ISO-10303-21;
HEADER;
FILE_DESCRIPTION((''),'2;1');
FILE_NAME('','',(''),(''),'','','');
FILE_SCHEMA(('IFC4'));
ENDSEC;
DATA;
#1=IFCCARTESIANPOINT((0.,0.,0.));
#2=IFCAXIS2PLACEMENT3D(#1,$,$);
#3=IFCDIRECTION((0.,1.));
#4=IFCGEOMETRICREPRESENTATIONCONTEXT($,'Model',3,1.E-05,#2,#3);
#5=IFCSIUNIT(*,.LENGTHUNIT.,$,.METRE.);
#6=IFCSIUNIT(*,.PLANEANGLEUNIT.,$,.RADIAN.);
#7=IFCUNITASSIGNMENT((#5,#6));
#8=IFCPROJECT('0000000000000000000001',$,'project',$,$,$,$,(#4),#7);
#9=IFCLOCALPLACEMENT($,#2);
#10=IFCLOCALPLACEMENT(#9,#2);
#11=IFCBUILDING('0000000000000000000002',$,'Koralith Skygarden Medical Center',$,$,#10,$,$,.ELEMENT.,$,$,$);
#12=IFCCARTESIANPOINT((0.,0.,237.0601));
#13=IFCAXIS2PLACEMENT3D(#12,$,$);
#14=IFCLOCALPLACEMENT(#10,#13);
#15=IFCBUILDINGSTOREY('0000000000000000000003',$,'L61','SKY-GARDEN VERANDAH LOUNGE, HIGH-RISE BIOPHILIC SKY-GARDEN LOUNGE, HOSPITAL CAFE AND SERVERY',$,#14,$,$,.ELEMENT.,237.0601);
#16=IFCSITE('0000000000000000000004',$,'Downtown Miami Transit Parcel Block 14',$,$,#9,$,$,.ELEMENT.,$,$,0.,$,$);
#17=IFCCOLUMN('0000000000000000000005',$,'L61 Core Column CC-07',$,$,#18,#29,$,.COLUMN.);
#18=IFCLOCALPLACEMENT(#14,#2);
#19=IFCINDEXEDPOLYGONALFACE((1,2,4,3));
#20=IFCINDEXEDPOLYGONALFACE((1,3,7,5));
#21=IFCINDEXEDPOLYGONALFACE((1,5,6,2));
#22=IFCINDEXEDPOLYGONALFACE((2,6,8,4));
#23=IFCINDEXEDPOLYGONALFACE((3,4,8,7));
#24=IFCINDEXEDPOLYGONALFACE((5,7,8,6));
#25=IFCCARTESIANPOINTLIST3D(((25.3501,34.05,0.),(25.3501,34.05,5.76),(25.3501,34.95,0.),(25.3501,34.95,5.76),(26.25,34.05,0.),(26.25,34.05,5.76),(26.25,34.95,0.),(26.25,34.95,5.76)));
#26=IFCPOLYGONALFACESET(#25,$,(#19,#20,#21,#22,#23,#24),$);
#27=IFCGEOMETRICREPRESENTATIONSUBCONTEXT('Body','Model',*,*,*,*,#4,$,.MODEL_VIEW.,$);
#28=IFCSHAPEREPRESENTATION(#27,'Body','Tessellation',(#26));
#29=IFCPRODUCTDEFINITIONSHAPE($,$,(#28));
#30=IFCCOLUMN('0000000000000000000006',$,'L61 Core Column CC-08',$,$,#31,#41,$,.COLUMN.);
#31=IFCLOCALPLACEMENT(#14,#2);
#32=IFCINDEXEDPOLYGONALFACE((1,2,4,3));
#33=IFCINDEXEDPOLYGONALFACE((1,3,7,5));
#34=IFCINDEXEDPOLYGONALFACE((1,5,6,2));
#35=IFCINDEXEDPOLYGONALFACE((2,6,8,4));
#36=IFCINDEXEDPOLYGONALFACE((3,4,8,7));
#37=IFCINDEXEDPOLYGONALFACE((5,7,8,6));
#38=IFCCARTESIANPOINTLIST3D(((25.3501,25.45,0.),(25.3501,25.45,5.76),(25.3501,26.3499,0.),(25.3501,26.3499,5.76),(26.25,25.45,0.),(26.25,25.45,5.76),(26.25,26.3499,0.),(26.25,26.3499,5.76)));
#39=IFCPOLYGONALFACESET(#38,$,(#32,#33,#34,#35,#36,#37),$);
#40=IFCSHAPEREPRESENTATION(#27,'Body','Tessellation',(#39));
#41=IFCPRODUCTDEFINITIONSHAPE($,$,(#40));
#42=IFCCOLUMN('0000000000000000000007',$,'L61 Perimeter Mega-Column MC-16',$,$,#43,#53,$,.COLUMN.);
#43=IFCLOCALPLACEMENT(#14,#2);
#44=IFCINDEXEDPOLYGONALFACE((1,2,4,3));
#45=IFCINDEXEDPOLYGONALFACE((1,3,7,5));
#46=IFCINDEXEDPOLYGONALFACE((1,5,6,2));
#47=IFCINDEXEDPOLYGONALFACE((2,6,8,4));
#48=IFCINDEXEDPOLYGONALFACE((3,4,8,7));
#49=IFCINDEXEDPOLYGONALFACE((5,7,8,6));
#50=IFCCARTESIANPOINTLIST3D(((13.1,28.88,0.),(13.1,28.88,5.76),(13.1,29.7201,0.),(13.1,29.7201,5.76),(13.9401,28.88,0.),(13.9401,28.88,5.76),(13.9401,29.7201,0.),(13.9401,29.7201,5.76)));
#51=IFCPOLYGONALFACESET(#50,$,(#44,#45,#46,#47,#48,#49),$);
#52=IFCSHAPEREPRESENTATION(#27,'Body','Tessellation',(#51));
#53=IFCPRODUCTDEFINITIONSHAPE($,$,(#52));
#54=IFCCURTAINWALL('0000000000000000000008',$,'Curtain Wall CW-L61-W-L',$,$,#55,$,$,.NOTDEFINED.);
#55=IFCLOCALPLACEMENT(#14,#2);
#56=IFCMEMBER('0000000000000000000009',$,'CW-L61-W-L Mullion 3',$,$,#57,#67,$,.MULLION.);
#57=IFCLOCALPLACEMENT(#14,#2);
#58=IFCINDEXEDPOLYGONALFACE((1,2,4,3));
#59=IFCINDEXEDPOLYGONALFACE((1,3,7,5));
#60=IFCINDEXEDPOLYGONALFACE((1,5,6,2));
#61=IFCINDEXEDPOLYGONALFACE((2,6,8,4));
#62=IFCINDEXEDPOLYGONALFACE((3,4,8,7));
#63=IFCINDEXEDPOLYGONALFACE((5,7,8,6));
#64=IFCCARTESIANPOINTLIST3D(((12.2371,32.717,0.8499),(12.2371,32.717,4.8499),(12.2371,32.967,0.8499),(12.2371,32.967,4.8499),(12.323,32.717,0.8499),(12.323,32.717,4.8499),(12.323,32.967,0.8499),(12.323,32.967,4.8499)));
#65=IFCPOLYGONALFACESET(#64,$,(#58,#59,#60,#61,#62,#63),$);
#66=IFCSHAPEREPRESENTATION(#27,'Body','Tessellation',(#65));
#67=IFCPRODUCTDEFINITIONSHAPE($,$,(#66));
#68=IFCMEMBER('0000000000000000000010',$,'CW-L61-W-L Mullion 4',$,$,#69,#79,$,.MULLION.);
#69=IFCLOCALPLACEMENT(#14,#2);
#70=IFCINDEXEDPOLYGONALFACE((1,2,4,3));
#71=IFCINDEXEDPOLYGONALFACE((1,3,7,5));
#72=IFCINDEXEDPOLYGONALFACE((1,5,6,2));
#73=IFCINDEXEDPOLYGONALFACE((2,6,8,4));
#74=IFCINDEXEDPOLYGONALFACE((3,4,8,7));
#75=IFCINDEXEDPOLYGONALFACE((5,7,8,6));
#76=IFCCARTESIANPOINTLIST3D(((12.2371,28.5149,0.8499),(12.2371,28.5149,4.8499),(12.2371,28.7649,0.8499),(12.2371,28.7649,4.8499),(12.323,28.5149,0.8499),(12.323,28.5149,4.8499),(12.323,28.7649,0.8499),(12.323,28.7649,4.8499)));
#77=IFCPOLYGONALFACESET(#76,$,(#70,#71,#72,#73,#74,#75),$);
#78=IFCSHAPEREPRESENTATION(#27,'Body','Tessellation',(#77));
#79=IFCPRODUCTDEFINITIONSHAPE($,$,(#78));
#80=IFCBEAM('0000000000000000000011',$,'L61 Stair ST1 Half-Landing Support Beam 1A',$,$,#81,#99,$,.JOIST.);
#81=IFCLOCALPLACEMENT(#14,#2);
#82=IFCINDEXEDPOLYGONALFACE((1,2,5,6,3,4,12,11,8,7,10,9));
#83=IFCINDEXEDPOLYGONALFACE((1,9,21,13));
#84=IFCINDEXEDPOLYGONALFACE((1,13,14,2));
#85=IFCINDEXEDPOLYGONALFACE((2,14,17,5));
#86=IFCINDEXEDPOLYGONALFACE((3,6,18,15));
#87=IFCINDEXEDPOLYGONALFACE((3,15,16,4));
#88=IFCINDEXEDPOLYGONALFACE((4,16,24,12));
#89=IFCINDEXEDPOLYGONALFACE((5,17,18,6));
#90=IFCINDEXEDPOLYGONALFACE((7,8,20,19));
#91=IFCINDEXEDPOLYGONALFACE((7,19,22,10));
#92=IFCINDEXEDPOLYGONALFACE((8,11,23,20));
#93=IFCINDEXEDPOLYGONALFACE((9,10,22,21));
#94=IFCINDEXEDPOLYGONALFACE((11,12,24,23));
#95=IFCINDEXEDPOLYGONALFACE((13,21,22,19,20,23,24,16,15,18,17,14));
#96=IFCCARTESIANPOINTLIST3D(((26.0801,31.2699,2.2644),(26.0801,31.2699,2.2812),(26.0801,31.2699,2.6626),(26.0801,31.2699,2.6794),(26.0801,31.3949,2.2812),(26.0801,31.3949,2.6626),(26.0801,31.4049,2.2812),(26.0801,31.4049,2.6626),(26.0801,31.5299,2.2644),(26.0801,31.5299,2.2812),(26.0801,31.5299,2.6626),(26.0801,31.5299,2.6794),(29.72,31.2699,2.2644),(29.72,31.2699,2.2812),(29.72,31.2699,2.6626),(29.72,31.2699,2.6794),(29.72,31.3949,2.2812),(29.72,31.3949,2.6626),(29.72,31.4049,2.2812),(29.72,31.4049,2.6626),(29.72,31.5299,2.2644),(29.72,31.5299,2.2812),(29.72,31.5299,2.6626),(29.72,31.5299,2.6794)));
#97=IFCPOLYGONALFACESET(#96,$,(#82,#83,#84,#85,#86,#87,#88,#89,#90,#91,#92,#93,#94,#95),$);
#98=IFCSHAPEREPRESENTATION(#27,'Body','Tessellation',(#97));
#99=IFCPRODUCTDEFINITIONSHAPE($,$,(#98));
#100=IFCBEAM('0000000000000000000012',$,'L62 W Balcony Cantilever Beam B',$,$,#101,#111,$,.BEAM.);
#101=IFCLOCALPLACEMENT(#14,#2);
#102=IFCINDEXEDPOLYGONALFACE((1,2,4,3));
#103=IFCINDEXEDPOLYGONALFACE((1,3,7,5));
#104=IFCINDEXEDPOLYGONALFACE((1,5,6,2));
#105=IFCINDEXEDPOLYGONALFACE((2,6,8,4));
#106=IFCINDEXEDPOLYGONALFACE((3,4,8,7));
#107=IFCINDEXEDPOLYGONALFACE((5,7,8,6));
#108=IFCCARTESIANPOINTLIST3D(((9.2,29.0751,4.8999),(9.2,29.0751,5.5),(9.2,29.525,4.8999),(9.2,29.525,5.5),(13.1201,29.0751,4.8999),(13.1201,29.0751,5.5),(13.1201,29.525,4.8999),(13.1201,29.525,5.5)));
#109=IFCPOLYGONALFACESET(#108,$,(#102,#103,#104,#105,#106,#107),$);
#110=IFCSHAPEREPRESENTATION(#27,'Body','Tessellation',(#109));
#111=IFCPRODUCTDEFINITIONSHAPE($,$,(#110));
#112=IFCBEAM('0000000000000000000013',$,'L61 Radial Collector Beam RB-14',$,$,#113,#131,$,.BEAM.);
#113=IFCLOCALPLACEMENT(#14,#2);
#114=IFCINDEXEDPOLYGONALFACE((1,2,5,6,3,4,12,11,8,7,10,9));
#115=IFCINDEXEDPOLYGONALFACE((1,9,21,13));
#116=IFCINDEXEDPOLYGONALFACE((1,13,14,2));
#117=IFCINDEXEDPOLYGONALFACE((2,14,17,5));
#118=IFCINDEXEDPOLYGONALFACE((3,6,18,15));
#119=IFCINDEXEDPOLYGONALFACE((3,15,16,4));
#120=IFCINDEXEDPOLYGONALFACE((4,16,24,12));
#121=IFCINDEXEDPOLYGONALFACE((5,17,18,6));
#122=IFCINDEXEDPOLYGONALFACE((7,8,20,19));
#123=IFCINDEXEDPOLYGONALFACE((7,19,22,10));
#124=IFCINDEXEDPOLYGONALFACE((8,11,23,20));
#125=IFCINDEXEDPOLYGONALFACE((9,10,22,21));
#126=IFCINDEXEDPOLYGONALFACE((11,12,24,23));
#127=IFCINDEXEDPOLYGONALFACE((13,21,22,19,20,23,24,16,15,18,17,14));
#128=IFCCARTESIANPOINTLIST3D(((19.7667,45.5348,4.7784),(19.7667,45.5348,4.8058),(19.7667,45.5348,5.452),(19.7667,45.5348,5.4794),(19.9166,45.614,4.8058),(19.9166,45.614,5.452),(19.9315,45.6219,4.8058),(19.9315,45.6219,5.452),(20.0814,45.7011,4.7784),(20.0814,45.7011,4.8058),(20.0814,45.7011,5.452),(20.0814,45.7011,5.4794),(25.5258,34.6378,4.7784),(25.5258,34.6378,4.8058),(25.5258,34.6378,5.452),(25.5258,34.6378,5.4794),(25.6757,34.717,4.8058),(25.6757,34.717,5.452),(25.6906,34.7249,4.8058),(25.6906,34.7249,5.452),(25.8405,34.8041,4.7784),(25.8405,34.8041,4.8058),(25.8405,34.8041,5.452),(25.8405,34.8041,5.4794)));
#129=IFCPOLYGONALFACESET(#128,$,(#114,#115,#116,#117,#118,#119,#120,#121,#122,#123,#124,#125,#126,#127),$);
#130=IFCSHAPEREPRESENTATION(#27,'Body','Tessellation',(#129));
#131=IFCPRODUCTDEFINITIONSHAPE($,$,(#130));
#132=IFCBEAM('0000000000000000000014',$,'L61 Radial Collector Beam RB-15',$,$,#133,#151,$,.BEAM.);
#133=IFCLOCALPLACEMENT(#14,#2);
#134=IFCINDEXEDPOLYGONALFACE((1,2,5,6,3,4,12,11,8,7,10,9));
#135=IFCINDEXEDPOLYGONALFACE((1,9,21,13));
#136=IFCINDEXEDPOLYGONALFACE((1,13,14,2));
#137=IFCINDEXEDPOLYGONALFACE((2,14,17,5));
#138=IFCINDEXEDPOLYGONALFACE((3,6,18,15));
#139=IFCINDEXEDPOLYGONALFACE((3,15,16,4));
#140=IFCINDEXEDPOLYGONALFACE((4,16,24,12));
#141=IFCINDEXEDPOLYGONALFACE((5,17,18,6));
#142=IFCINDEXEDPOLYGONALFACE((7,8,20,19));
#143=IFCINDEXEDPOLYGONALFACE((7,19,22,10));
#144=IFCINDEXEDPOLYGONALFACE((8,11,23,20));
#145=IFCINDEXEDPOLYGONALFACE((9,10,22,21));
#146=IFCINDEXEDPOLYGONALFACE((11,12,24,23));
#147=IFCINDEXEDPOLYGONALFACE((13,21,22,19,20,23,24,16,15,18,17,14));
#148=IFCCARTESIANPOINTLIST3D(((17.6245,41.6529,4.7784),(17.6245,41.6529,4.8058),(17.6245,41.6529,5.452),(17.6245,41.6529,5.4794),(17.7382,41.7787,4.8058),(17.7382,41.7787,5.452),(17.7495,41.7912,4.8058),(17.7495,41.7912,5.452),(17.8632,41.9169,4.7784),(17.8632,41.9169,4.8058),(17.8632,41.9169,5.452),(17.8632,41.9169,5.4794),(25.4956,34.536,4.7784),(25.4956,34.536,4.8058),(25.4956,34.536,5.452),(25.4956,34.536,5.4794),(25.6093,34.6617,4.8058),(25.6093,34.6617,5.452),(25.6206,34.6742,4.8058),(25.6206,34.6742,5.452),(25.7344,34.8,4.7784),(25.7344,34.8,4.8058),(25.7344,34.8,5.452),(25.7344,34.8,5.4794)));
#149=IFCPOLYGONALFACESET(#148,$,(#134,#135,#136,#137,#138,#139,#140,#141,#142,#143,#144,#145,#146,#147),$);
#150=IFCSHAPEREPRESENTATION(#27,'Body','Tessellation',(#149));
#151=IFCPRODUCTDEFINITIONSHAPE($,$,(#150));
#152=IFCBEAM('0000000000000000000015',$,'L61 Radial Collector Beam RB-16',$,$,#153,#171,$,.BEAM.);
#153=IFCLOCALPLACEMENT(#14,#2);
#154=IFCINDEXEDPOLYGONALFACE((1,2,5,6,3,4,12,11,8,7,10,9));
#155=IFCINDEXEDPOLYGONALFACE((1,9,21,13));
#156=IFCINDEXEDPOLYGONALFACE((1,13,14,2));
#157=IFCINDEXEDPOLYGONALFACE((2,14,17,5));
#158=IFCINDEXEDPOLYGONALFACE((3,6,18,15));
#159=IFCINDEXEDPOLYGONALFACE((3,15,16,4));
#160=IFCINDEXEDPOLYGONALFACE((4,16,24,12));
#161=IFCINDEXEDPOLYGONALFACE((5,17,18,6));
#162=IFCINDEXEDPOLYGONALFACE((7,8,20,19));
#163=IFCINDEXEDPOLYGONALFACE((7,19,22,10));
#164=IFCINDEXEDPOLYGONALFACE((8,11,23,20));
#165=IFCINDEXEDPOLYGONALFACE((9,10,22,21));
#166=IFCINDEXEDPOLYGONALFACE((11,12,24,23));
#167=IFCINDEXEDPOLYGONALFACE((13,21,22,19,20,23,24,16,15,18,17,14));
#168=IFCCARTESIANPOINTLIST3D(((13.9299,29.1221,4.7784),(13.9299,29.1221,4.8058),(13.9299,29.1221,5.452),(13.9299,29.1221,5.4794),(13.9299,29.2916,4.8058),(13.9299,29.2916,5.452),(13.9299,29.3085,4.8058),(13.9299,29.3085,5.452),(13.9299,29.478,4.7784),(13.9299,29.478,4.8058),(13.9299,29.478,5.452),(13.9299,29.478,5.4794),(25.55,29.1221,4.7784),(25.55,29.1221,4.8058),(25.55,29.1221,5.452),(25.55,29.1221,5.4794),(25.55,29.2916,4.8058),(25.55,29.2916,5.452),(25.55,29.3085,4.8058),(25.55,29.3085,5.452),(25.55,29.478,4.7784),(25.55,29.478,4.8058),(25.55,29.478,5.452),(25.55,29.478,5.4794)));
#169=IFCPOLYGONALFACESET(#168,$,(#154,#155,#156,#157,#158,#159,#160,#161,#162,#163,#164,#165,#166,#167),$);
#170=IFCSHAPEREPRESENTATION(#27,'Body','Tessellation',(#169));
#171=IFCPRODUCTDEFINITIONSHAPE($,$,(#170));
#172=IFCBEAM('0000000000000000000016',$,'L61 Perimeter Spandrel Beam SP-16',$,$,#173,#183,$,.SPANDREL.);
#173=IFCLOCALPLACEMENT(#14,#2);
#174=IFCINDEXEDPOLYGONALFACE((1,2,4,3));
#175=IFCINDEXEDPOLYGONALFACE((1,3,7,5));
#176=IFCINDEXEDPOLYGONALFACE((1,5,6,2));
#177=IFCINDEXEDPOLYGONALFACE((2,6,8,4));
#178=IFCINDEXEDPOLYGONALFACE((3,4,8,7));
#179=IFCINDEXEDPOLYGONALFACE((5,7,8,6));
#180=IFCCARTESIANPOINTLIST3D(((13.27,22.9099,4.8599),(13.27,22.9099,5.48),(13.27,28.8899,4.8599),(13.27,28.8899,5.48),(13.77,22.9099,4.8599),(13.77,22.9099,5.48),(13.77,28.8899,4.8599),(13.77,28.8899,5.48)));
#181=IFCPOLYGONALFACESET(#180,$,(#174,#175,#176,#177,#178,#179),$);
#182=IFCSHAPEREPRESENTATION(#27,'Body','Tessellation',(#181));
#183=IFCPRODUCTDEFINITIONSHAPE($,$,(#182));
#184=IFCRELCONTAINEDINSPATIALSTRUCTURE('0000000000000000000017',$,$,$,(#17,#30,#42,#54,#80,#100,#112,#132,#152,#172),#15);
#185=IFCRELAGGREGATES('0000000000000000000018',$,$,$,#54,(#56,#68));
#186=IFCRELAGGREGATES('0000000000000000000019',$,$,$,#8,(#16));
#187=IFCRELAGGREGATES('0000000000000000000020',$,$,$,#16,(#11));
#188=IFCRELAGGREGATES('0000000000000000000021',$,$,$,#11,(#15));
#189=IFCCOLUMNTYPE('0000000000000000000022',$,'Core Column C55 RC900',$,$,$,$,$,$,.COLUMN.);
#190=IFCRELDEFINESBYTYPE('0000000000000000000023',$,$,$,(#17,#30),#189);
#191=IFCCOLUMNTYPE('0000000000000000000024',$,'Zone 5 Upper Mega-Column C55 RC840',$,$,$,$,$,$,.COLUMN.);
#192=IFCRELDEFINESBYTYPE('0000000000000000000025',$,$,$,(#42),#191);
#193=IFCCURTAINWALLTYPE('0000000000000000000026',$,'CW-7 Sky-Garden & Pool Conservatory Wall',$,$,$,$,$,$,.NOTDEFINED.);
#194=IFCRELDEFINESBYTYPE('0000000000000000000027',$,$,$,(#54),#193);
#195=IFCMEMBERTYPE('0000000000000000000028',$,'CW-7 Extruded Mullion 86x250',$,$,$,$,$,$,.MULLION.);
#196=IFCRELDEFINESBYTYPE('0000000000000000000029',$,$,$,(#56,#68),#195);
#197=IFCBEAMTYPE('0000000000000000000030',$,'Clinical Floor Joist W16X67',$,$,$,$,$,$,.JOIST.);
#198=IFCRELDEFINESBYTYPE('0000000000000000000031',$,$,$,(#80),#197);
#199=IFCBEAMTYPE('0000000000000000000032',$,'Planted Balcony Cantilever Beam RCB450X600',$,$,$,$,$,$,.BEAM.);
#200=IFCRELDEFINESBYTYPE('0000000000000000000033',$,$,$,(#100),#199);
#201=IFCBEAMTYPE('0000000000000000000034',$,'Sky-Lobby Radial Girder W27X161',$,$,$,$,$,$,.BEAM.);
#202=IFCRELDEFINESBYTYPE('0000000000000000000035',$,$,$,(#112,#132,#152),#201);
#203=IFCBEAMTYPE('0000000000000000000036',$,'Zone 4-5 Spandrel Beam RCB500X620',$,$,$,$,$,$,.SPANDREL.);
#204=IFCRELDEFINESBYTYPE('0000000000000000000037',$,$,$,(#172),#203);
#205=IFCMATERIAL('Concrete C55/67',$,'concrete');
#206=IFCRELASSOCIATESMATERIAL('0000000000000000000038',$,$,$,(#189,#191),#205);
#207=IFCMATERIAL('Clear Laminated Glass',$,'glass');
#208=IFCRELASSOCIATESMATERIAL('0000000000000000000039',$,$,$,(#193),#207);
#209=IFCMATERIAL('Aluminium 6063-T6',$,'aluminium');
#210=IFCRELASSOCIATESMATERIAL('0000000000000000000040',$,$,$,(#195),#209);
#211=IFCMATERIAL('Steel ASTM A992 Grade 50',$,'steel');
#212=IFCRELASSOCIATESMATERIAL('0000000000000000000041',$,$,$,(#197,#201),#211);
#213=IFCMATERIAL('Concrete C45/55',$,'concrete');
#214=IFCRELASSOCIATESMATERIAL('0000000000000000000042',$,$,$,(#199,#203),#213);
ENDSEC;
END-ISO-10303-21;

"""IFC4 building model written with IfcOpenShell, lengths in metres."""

from ifc_helpers import new_model, si_unit, direction, frame, origin, origin_2d, place, context, subcontext, project, spatial, rectangle, i_section, extrude, material, material_profile, profile_set, type_object, element, aggregate, save


model = new_model("IFC4")

# Units and contexts
model_context = context("Model", 3, precision=1e-05, world=origin(), true_north=direction((0.0, 1.0)))
body_context = subcontext(model_context, "Body", "Model", "MODEL_VIEW")
ifc_project = project(units=[si_unit("LENGTHUNIT", "METRE"), si_unit("PLANEANGLEUNIT", "RADIAN")], contexts=[model_context])

# Site, building, storey
site_placement = place(None, origin())
site = spatial("IfcSite", under=ifc_project, at=site_placement, Name="Downtown Miami Transit Parcel Block 14", CompositionType="ELEMENT", RefElevation=0.0)
building_placement = place(site_placement, origin())
building = spatial("IfcBuilding", under=site, at=building_placement, Name="Koralith Skygarden Medical Center", CompositionType="ELEMENT")
storey_placement = place(building_placement, frame((0.0, 0.0, 237.0601)))
storey = spatial("IfcBuildingStorey", under=building, at=storey_placement, Name="L61", Description="SKY-GARDEN VERANDAH LOUNGE, HIGH-RISE BIOPHILIC SKY-GARDEN LOUNGE, HOSPITAL CAFE AND SERVERY", CompositionType="ELEMENT", Elevation=237.0601)

# Columns
ifc_material_1 = material(Name="Concrete C55/67", Category="concrete")
ifc_material_profile_1 = material_profile(ifc_material_1, rectangle(XDim=0.8999, YDim=0.8999, at=origin_2d()), Name="RC900X900")
ifc_profile_set_1 = profile_set([ifc_material_profile_1], Name="Concrete C55/67")
column_type_1 = type_object("IfcColumnType", Name="Core Column C55 RC900", PredefinedType="COLUMN", material=ifc_profile_set_1)
for number, where, z_axis, x_axis, name in (
    (1, (25.8, 34.5, 0.0), (0.0, 0.0, 1.0), (1.0, 0.0, 0.0), "L61 Core Column CC-07"),
    (2, (25.8, 25.8999, 0.0), (0.0, 0.0, 1.0), (1.0, 0.0, 0.0), "L61 Core Column CC-08"),
):
    element("IfcColumn", number, at=place(storey_placement, frame(where, z_axis=z_axis, x_axis=x_axis)), inside=storey, type_object=column_type_1, Name=name, PredefinedType="COLUMN", context=body_context, shape_type="SweptSolid", body=[
        extrude(rectangle(XDim=0.8999, YDim=0.8999, at=origin_2d()), origin(), (0.0, 0.0, 1.0), 5.76),
    ])
ifc_material_profile_2 = material_profile(ifc_material_1, rectangle(XDim=0.8401, YDim=0.8401, at=origin_2d()), Name="RC840X840")
ifc_profile_set_2 = profile_set([ifc_material_profile_2], Name="Concrete C55/67")
column_type_2 = type_object("IfcColumnType", Name="Zone 5 Upper Mega-Column C55 RC840", PredefinedType="COLUMN", material=ifc_profile_set_2)
column_placement = place(storey_placement, frame((13.52, 29.3, 0.0), z_axis=(0.0, 0.0, 1.0), x_axis=(1.0, 0.0, 0.0)))
element("IfcColumn", 3, at=column_placement, inside=storey, type_object=column_type_2, Name="L61 Perimeter Mega-Column MC-16", PredefinedType="COLUMN", context=body_context, shape_type="SweptSolid", body=[
    extrude(rectangle(XDim=0.8401, YDim=0.8401, at=origin_2d()), origin(), (0.0, 0.0, 1.0), 5.76),
])

# Curtain wall, members
ifc_material_2 = material(Name="Clear Laminated Glass", Category="glass")
curtain_wall_type = type_object("IfcCurtainWallType", Name="CW-7 Sky-Garden & Pool Conservatory Wall", PredefinedType="NOTDEFINED", material=ifc_material_2)
curtain_wall_placement = place(storey_placement, origin())
curtain_wall = element("IfcCurtainWall", 4, at=curtain_wall_placement, inside=storey, type_object=curtain_wall_type, Name="Curtain Wall CW-L61-W-L", PredefinedType="NOTDEFINED")
ifc_material_3 = material(Name="Aluminium 6063-T6", Category="aluminium")
ifc_material_profile_3 = material_profile(ifc_material_3, rectangle(XDim=0.0859, YDim=0.25, at=origin_2d()), Name="MUL86X250")
ifc_profile_set_3 = profile_set([ifc_material_profile_3], Name="Aluminium 6063-T6")
member_type = type_object("IfcMemberType", Name="CW-7 Extruded Mullion 86x250", PredefinedType="MULLION", material=ifc_profile_set_3)
member_1_placement = place(storey_placement, frame((12.28, 32.842, 0.8499), z_axis=(0.0, 0.0, 1.0), x_axis=(1.0, 0.0, 0.0)))
member_1 = element("IfcMember", 5, at=member_1_placement, type_object=member_type, Name="CW-L61-W-L Mullion 3", PredefinedType="MULLION", context=body_context, shape_type="SweptSolid", body=[
    extrude(rectangle(XDim=0.0859, YDim=0.25, at=origin_2d()), origin(), (0.0, 0.0, 1.0), 4.0),
])
member_2_placement = place(storey_placement, frame((12.28, 28.6399, 0.8499), z_axis=(0.0, 0.0, 1.0), x_axis=(1.0, 0.0, 0.0)))
member_2 = element("IfcMember", 6, at=member_2_placement, type_object=member_type, Name="CW-L61-W-L Mullion 4", PredefinedType="MULLION", context=body_context, shape_type="SweptSolid", body=[
    extrude(rectangle(XDim=0.0859, YDim=0.25, at=origin_2d()), origin(), (0.0, 0.0, 1.0), 4.0),
])

# Beams
ifc_material_4 = material(Name="Steel ASTM A992 Grade 50", Category="steel")
ifc_material_profile_4 = material_profile(ifc_material_4, i_section(OverallWidth=0.26, OverallDepth=0.415, WebThickness=0.01, FlangeThickness=0.0168, at=origin_2d()), Name="W16X67")
ifc_profile_set_4 = profile_set([ifc_material_profile_4], Name="Steel ASTM A992 Grade 50")
beam_type_1 = type_object("IfcBeamType", Name="Clinical Floor Joist W16X67", PredefinedType="JOIST", material=ifc_profile_set_4)
beam_1_placement = place(storey_placement, frame((26.0801, 31.3999, 2.4719), z_axis=(1.0, 0.0, 0.0), x_axis=(0.0, 1.0, 0.0)))
element("IfcBeam", 7, at=beam_1_placement, inside=storey, type_object=beam_type_1, Name="L61 Stair ST1 Half-Landing Support Beam 1A", PredefinedType="JOIST", context=body_context, shape_type="SweptSolid", body=[
    extrude(i_section(OverallWidth=0.26, OverallDepth=0.415, WebThickness=0.01, FlangeThickness=0.0168, at=origin_2d()), origin(), (0.0, 0.0, 1.0), 3.6399),
])
ifc_material_5 = material(Name="Concrete C45/55", Category="concrete")
ifc_material_profile_5 = material_profile(ifc_material_5, rectangle(XDim=0.45, YDim=0.6001, at=origin_2d()), Name="RCB450X600")
ifc_profile_set_5 = profile_set([ifc_material_profile_5], Name="Concrete C45/55")
beam_type_2 = type_object("IfcBeamType", Name="Planted Balcony Cantilever Beam RCB450X600", PredefinedType="BEAM", material=ifc_profile_set_5)
beam_2_placement = place(storey_placement, frame((13.1201, 29.3, 5.2), z_axis=(-1.0, 0.0, 0.0), x_axis=(0.0, -1.0, 0.0)))
element("IfcBeam", 8, at=beam_2_placement, inside=storey, type_object=beam_type_2, Name="L62 W Balcony Cantilever Beam B", PredefinedType="BEAM", context=body_context, shape_type="SweptSolid", body=[
    extrude(rectangle(XDim=0.45, YDim=0.6001, at=origin_2d()), origin(), (0.0, 0.0, 1.0), 3.9202),
])
ifc_material_profile_6 = material_profile(ifc_material_4, i_section(OverallWidth=0.356, OverallDepth=0.7009, WebThickness=0.0168, FlangeThickness=0.0273, at=origin_2d()), Name="W27X161")
ifc_profile_set_6 = profile_set([ifc_material_profile_6], Name="Steel ASTM A992 Grade 50")
beam_type_3 = type_object("IfcBeamType", Name="Sky-Lobby Radial Girder W27X161", PredefinedType="BEAM", material=ifc_profile_set_6)
beam_3_placement = place(storey_placement, frame((25.6831, 34.7209, 5.1289), z_axis=(-0.467257, 0.884122, 0.0), x_axis=(-0.884122, -0.467257, 0.0)))
element("IfcBeam", 9, at=beam_3_placement, inside=storey, type_object=beam_type_3, Name="L61 Radial Collector Beam RB-14", PredefinedType="BEAM", context=body_context, shape_type="SweptSolid", body=[
    extrude(i_section(OverallWidth=0.356, OverallDepth=0.7009, WebThickness=0.0168, FlangeThickness=0.0273, at=origin_2d()), origin(), (0.0, 0.0, 1.0), 12.3252),
])
beam_4_placement = place(storey_placement, frame((25.615, 34.668, 5.1289), z_axis=(-0.741748, 0.670679, 0.0), x_axis=(-0.670679, -0.741748, 0.0)))
element("IfcBeam", 10, at=beam_4_placement, inside=storey, type_object=beam_type_3, Name="L61 Radial Collector Beam RB-15", PredefinedType="BEAM", context=body_context, shape_type="SweptSolid", body=[
    extrude(i_section(OverallWidth=0.356, OverallDepth=0.7009, WebThickness=0.0168, FlangeThickness=0.0273, at=origin_2d()), origin(), (0.0, 0.0, 1.0), 10.6116),
])
beam_5_placement = place(storey_placement, frame((25.55, 29.3, 5.1289), z_axis=(-1.0, 0.0, 0.0), x_axis=(0.0, -1.0, 0.0)))
element("IfcBeam", 11, at=beam_5_placement, inside=storey, type_object=beam_type_3, Name="L61 Radial Collector Beam RB-16", PredefinedType="BEAM", context=body_context, shape_type="SweptSolid", body=[
    extrude(i_section(OverallWidth=0.356, OverallDepth=0.7009, WebThickness=0.0168, FlangeThickness=0.0273, at=origin_2d()), origin(), (0.0, 0.0, 1.0), 11.6201),
])
ifc_material_profile_7 = material_profile(ifc_material_5, rectangle(XDim=0.5, YDim=0.6201, at=origin_2d()), Name="RCB500X620")
ifc_profile_set_7 = profile_set([ifc_material_profile_7], Name="Concrete C45/55")
beam_type_4 = type_object("IfcBeamType", Name="Zone 4-5 Spandrel Beam RCB500X620", PredefinedType="SPANDREL", material=ifc_profile_set_7)
beam_6_placement = place(storey_placement, frame((13.52, 28.8899, 5.1699), z_axis=(0.0, -1.0, 0.0), x_axis=(1.0, 0.0, 0.0)))
element("IfcBeam", 12, at=beam_6_placement, inside=storey, type_object=beam_type_4, Name="L61 Perimeter Spandrel Beam SP-16", PredefinedType="SPANDREL", context=body_context, shape_type="SweptSolid", body=[
    extrude(rectangle(XDim=0.5, YDim=0.6201, at=origin_2d()), origin(), (0.0, 0.0, 1.0), 5.98),
])

aggregate(curtain_wall, [member_1, member_2])

save(model, "model.ifc")
